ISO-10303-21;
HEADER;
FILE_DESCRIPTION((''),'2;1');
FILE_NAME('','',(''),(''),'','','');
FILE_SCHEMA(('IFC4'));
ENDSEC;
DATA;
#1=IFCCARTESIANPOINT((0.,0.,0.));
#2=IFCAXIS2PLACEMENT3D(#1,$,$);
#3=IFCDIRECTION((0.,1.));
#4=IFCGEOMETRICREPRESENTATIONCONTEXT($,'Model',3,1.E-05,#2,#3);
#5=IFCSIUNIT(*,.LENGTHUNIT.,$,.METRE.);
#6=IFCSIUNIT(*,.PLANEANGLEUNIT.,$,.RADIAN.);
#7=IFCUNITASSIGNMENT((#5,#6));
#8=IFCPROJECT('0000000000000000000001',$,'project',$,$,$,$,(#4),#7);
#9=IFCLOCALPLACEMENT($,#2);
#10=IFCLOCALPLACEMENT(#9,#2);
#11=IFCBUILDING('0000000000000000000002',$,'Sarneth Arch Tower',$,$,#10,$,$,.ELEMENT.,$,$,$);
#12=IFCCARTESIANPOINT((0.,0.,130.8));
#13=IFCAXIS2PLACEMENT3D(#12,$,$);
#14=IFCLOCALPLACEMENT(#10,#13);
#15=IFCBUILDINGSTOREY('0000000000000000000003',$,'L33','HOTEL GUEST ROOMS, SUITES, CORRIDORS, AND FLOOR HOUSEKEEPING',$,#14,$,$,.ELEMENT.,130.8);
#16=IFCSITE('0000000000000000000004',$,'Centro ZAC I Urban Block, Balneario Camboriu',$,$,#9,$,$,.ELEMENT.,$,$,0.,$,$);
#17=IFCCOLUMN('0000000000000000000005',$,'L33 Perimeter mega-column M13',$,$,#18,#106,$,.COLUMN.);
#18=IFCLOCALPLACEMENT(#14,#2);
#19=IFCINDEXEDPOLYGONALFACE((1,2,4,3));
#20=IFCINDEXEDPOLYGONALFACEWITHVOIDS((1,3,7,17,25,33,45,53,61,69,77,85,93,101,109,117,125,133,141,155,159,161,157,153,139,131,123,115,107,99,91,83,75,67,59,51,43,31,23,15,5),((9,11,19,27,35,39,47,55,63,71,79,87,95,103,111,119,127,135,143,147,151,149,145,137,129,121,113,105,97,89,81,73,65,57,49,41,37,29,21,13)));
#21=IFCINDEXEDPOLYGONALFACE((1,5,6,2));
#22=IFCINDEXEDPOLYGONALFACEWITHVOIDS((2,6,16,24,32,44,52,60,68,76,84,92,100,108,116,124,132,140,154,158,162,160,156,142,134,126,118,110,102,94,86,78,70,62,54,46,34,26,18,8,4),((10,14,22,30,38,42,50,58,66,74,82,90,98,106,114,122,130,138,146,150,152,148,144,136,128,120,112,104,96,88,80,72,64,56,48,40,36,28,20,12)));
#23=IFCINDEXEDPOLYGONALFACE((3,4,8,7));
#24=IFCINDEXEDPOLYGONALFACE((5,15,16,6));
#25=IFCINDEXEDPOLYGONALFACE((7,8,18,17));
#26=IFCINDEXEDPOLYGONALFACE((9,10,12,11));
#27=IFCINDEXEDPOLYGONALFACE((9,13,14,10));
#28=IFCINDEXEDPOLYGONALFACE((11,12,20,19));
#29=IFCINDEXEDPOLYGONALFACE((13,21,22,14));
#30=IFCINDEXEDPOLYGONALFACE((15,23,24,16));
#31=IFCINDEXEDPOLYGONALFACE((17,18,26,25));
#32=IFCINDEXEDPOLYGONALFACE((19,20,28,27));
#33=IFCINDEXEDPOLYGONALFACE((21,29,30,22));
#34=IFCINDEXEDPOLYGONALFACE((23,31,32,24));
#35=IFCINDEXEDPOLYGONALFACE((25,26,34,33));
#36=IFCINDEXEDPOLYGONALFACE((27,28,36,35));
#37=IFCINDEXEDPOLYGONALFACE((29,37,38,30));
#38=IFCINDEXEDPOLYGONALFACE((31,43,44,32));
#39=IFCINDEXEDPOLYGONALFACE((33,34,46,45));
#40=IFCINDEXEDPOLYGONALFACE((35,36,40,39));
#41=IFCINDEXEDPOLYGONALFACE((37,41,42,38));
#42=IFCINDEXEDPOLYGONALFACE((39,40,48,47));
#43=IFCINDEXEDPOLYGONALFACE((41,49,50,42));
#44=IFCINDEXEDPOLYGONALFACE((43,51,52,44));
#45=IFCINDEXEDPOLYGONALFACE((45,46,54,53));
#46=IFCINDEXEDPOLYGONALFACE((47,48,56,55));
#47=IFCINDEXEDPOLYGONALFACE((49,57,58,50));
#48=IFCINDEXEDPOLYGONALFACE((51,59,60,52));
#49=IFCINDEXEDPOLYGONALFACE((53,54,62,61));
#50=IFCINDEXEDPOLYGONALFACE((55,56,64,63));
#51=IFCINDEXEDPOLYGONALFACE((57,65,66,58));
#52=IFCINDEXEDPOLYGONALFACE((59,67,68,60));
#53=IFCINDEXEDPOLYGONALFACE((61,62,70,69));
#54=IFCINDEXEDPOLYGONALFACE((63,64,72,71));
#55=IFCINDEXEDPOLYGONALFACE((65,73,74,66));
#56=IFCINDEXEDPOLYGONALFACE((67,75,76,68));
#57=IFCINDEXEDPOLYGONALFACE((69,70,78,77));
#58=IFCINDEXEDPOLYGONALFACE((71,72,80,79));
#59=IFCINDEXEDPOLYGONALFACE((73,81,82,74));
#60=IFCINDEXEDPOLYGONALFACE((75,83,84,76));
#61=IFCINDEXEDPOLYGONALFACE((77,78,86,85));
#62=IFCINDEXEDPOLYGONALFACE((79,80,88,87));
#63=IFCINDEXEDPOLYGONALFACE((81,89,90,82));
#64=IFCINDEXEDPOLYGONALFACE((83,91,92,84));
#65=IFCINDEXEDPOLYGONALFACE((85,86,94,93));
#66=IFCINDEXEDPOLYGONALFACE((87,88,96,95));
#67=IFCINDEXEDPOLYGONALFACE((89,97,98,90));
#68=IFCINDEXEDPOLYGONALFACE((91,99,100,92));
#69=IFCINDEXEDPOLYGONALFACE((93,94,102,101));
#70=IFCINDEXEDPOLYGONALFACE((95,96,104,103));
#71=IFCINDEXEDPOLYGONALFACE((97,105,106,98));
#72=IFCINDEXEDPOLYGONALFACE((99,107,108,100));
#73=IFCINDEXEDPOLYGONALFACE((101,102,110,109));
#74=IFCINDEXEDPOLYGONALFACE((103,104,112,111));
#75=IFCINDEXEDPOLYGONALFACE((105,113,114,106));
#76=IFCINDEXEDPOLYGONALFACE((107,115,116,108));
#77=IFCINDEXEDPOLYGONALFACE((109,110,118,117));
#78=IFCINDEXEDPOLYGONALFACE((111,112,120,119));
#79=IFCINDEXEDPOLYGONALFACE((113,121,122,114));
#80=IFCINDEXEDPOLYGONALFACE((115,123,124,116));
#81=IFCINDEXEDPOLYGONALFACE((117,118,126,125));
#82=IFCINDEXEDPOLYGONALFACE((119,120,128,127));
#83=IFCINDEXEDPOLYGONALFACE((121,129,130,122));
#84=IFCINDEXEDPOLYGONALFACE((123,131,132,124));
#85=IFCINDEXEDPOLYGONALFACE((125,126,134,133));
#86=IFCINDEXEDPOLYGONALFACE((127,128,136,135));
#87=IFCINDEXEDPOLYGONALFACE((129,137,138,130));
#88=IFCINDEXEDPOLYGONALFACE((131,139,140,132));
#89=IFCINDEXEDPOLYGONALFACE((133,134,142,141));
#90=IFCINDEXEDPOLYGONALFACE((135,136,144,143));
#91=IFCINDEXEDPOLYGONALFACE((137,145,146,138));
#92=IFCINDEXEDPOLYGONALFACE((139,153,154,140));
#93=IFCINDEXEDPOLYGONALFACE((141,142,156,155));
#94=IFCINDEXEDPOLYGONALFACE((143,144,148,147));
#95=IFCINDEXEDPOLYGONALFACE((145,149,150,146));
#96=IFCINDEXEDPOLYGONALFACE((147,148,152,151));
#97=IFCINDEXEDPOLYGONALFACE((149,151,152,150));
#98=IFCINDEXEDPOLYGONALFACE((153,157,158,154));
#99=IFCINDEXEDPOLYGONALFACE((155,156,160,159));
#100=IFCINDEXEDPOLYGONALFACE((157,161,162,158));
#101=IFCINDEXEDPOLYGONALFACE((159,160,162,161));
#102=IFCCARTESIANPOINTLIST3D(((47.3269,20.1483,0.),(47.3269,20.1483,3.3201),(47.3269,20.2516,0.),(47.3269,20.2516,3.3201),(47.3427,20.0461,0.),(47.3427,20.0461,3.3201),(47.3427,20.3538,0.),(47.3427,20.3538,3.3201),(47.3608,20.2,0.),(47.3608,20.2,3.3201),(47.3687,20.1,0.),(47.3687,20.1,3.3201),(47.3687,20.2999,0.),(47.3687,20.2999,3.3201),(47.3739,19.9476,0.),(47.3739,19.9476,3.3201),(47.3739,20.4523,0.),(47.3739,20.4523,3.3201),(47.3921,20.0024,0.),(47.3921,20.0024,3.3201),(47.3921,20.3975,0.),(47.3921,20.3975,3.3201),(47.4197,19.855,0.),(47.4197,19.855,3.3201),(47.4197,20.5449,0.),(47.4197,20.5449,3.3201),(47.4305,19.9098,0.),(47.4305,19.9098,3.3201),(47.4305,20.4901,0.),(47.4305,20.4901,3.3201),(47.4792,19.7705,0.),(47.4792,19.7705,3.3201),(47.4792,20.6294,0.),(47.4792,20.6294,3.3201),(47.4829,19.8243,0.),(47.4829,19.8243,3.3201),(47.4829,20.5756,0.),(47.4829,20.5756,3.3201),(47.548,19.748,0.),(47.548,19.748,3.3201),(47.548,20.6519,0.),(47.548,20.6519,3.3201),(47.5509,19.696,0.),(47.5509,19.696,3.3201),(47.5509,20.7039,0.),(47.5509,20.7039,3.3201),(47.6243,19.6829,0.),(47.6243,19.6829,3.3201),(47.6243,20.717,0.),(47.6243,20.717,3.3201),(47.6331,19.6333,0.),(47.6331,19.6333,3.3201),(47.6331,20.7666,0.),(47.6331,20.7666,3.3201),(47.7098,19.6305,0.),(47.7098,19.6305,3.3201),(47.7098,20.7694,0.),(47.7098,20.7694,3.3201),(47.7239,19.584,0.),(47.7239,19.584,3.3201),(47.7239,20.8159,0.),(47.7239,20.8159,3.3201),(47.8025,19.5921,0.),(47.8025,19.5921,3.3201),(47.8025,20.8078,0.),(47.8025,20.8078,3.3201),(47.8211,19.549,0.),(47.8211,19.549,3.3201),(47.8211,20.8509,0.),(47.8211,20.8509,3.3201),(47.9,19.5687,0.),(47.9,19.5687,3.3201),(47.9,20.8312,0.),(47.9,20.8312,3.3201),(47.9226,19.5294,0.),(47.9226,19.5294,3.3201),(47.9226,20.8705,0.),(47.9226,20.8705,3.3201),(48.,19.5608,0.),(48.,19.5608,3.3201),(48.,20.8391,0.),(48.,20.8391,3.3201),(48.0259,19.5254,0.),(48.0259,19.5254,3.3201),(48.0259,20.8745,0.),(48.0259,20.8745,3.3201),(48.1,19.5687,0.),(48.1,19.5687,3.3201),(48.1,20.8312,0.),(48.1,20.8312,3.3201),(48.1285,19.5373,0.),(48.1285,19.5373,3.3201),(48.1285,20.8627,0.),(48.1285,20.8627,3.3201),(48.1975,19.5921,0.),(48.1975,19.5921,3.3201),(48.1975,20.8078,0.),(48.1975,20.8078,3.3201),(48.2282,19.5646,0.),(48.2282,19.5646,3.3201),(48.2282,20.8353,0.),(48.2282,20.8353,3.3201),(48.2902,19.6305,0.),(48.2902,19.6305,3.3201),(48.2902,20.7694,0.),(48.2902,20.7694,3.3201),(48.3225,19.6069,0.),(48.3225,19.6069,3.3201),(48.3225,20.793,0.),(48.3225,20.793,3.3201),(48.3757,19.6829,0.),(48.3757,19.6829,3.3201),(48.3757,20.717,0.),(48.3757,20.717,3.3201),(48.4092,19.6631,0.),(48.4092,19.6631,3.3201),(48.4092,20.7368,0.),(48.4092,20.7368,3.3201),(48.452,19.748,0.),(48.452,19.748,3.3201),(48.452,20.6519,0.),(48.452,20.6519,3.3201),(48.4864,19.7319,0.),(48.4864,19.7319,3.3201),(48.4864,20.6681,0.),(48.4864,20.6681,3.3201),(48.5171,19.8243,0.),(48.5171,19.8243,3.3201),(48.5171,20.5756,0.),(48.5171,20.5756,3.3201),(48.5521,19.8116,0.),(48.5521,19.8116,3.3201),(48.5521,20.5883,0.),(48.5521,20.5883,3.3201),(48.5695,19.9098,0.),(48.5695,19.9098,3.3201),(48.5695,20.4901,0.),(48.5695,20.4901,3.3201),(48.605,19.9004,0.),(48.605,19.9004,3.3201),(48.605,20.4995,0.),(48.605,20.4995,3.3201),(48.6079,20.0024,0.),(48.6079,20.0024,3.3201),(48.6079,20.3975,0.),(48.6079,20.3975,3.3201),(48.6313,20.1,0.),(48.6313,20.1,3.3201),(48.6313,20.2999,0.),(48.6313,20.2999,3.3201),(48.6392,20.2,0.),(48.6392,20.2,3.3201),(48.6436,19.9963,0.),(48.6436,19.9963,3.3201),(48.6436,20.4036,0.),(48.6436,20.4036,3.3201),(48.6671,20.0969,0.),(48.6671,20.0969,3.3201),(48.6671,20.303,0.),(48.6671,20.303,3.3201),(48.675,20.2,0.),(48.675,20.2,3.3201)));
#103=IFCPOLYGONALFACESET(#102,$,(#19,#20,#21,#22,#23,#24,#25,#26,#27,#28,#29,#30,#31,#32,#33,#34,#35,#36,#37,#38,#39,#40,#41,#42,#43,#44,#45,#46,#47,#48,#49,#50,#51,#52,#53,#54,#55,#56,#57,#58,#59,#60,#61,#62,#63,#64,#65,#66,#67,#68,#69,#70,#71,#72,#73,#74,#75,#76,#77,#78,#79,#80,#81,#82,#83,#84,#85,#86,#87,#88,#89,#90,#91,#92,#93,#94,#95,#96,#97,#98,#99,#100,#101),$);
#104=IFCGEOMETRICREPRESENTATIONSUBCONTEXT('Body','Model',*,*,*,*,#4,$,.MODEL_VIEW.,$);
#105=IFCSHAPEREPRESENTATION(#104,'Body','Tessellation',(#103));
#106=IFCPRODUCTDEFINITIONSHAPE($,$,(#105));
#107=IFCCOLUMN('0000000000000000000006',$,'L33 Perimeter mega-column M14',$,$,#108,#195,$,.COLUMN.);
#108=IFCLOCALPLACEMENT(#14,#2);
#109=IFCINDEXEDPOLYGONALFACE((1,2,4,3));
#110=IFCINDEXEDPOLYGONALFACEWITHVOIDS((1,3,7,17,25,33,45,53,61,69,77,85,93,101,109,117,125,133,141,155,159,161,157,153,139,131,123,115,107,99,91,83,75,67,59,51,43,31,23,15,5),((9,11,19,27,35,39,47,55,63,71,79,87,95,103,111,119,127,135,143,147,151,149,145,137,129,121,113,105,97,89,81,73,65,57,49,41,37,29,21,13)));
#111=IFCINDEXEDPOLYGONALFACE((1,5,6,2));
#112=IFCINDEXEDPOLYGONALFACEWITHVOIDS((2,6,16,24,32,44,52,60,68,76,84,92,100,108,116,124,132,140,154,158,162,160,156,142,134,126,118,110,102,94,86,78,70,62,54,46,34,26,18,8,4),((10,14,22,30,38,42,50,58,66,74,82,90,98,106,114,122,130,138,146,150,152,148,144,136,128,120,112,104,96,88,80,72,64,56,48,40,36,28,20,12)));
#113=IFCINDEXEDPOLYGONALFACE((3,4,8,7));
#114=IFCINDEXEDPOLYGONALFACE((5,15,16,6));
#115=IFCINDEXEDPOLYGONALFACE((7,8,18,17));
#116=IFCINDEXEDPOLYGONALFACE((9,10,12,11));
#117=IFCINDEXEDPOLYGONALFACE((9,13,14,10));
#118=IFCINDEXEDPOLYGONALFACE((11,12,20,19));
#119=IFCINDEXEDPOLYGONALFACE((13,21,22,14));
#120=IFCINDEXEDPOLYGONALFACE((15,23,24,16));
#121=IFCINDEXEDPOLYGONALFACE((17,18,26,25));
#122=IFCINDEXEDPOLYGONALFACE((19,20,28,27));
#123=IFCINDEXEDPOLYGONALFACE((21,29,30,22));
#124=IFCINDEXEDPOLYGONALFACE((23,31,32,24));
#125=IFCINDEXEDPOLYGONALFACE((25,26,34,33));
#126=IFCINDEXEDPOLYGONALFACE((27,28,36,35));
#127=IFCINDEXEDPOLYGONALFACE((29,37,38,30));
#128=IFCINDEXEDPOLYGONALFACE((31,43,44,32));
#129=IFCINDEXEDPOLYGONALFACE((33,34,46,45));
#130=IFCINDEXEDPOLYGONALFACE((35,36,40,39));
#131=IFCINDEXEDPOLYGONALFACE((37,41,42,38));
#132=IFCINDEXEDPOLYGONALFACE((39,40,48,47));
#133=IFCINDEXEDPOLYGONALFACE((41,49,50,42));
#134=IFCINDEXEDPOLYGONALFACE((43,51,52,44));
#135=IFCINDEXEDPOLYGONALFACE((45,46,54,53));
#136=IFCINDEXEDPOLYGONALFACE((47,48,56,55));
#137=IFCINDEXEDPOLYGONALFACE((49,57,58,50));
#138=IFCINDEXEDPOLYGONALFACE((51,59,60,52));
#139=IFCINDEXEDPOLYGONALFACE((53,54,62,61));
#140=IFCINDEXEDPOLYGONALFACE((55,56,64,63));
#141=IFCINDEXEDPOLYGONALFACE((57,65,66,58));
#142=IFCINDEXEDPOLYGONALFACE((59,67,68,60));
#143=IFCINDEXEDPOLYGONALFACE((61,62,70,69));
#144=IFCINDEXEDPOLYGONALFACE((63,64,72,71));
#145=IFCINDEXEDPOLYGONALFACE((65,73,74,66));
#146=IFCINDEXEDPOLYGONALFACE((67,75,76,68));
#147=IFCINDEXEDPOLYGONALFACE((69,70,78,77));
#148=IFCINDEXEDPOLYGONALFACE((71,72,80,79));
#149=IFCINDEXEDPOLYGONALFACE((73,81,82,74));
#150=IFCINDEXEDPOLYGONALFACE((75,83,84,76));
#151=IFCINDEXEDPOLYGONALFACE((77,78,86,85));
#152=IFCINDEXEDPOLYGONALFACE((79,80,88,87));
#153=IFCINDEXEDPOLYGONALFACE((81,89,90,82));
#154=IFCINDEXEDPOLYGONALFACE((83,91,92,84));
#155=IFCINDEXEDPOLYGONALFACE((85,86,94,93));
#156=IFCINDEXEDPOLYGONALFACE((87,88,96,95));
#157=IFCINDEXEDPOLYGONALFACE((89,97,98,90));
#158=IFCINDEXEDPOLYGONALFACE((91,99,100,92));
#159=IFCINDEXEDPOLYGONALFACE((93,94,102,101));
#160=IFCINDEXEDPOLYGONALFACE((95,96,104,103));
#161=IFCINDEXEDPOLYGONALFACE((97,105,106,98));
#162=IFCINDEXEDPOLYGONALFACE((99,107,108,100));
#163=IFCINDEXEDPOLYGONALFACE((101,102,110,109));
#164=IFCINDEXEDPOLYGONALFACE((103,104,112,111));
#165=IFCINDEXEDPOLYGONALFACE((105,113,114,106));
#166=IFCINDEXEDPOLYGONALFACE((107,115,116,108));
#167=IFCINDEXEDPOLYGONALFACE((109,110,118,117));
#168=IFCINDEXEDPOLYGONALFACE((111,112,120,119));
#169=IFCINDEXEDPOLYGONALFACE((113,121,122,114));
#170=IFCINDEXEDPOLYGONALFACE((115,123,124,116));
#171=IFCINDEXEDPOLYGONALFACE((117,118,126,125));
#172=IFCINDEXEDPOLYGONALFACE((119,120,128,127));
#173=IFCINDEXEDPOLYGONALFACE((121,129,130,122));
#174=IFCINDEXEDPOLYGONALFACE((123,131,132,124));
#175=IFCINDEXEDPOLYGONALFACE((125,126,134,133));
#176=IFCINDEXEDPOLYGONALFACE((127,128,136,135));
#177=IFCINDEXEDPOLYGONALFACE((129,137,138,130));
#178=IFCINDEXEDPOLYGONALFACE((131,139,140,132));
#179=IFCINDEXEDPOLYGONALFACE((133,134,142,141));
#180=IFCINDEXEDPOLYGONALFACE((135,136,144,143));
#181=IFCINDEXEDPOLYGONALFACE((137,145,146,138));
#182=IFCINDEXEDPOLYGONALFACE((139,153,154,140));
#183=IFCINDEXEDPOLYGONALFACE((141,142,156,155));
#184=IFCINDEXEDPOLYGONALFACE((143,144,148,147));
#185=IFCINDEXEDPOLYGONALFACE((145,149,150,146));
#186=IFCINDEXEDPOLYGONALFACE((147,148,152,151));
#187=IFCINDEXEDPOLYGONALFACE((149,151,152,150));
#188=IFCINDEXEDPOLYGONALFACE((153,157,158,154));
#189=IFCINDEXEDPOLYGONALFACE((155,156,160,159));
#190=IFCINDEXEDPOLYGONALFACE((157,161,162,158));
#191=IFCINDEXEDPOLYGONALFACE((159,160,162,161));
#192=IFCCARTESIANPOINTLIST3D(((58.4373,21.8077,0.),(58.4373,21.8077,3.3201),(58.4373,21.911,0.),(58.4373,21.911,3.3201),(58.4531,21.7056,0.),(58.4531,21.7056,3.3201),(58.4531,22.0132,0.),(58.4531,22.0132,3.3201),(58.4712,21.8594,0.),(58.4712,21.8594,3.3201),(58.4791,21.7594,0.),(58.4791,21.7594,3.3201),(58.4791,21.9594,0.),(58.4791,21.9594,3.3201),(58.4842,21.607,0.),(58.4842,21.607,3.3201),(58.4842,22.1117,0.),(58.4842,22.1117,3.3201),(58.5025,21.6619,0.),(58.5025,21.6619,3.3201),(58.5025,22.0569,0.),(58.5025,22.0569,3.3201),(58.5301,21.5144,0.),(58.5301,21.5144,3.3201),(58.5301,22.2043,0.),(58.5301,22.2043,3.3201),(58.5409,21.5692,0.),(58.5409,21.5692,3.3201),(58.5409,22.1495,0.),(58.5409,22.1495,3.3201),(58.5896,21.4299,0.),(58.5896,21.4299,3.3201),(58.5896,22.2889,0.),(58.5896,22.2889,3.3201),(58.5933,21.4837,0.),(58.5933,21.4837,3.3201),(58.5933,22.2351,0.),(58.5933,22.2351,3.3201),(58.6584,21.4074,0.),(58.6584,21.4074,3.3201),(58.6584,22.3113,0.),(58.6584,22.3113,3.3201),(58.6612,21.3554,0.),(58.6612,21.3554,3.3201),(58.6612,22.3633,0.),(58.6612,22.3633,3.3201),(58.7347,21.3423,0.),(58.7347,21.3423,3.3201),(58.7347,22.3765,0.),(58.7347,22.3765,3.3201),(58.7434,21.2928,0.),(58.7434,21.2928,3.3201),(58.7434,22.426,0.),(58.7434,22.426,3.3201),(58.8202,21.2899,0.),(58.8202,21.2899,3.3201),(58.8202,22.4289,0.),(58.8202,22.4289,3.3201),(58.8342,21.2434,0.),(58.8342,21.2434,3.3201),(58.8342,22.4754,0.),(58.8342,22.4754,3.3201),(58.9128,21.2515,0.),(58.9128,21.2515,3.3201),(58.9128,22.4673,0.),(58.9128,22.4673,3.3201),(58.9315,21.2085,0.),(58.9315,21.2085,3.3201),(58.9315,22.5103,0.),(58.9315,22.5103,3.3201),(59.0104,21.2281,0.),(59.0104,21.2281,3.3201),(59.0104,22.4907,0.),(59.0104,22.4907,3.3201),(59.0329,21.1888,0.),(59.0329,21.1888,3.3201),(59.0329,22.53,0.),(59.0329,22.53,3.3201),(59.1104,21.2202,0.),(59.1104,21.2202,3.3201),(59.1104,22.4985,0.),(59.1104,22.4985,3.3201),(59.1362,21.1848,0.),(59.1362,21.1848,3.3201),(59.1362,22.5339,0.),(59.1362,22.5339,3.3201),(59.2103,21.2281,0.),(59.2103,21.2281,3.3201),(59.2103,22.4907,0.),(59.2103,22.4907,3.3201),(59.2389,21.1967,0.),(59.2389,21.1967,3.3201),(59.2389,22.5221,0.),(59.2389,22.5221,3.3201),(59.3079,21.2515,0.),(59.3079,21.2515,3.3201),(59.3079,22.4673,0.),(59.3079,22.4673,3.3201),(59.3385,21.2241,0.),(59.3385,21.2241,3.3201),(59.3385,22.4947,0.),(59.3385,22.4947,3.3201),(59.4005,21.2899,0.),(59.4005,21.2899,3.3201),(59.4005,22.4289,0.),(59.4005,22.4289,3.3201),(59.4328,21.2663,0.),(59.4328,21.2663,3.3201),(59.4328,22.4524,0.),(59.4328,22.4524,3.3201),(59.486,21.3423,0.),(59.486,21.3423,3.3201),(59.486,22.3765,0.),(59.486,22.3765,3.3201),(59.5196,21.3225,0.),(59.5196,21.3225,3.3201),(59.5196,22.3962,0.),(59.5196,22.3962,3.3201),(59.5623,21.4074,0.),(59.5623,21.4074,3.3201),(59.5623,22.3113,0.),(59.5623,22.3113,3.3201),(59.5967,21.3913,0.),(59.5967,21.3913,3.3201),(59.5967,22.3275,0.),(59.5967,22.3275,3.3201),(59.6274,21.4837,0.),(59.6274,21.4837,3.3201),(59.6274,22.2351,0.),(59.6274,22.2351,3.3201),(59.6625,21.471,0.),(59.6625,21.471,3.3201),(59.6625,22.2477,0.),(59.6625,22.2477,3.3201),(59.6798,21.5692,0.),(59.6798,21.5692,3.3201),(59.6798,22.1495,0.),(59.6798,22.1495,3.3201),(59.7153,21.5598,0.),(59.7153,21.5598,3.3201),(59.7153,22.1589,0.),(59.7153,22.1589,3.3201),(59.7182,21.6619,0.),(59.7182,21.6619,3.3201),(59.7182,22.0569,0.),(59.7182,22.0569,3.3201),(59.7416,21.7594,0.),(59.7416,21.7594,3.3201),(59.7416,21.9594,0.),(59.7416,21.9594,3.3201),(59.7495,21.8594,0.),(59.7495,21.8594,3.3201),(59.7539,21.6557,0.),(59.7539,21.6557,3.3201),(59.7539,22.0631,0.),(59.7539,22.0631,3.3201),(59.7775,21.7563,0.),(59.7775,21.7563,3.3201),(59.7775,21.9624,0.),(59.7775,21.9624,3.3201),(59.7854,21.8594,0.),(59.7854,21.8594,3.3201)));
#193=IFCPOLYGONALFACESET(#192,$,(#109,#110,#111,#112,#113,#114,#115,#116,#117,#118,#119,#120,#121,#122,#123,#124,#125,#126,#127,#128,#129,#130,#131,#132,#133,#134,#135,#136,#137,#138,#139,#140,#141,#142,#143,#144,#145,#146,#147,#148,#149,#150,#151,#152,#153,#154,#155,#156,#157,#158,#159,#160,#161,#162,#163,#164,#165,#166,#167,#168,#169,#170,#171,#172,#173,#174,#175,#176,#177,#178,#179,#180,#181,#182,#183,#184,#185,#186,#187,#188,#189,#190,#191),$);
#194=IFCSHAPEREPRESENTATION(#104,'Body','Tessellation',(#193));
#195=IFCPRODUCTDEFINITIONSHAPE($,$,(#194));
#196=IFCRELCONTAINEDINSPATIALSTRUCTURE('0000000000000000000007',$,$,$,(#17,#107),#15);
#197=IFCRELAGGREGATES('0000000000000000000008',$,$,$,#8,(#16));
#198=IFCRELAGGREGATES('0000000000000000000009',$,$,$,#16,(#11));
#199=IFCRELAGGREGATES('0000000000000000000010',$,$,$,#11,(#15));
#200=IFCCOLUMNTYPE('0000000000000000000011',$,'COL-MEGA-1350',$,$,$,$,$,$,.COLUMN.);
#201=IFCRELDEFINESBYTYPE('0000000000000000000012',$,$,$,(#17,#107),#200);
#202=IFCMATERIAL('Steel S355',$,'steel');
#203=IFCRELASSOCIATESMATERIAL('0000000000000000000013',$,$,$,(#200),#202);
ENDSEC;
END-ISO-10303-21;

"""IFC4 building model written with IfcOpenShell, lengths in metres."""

from ifc_helpers import new_model, si_unit, direction, frame, origin, origin_2d, place, context, subcontext, project, spatial, hollow_circle, extrude, material, material_profile, profile_set, type_object, element, save


model = new_model("IFC4")

# Units and contexts
model_context = context("Model", 3, precision=1e-05, world=origin(), true_north=direction((0.0, 1.0)))
body_context = subcontext(model_context, "Body", "Model", "MODEL_VIEW")
ifc_project = project(units=[si_unit("LENGTHUNIT", "METRE"), si_unit("PLANEANGLEUNIT", "RADIAN")], contexts=[model_context])

# Site, building, storey
site_placement = place(None, origin())
site = spatial("IfcSite", under=ifc_project, at=site_placement, Name="Centro ZAC I Urban Block, Balneario Camboriu", CompositionType="ELEMENT", RefElevation=0.0)
building_placement = place(site_placement, origin())
building = spatial("IfcBuilding", under=site, at=building_placement, Name="Sarneth Arch Tower", CompositionType="ELEMENT")
storey_placement = place(building_placement, frame((0.0, 0.0, 130.8)))
storey = spatial("IfcBuildingStorey", under=building, at=storey_placement, Name="L33", Description="HOTEL GUEST ROOMS, SUITES, CORRIDORS, AND FLOOR HOUSEKEEPING", CompositionType="ELEMENT", Elevation=130.8)

# Columns
ifc_material_1 = material(Name="Steel S355", Category="steel")
ifc_material_profile_1 = material_profile(ifc_material_1, hollow_circle(Radius=0.675, WallThickness=0.0359, at=origin_2d()), Name="CHS1350x36")
ifc_profile_set_1 = profile_set([ifc_material_profile_1], Name="Steel S355")
column_type = type_object("IfcColumnType", Name="COL-MEGA-1350", PredefinedType="COLUMN", material=ifc_profile_set_1)
for number, where, z_axis, x_axis, name in (
    (1, (48.0, 20.2, 0.0), (0.0, 0.0, 1.0), (1.0, 0.0, 0.0), "L33 Perimeter mega-column M13"),
    (2, (59.1104, 21.8594, 0.0), (0.0, 0.0, 1.0), (1.0, 0.0, 0.0), "L33 Perimeter mega-column M14"),
):
    element("IfcColumn", number, at=place(storey_placement, frame(where, z_axis=z_axis, x_axis=x_axis)), inside=storey, type_object=column_type, Name=name, PredefinedType="COLUMN", context=body_context, shape_type="SweptSolid", body=[
        extrude(hollow_circle(Radius=0.675, WallThickness=0.0359, at=origin_2d()), origin(), (0.0, 0.0, 1.0), 3.3201),
    ])

save(model, "model.ifc")
